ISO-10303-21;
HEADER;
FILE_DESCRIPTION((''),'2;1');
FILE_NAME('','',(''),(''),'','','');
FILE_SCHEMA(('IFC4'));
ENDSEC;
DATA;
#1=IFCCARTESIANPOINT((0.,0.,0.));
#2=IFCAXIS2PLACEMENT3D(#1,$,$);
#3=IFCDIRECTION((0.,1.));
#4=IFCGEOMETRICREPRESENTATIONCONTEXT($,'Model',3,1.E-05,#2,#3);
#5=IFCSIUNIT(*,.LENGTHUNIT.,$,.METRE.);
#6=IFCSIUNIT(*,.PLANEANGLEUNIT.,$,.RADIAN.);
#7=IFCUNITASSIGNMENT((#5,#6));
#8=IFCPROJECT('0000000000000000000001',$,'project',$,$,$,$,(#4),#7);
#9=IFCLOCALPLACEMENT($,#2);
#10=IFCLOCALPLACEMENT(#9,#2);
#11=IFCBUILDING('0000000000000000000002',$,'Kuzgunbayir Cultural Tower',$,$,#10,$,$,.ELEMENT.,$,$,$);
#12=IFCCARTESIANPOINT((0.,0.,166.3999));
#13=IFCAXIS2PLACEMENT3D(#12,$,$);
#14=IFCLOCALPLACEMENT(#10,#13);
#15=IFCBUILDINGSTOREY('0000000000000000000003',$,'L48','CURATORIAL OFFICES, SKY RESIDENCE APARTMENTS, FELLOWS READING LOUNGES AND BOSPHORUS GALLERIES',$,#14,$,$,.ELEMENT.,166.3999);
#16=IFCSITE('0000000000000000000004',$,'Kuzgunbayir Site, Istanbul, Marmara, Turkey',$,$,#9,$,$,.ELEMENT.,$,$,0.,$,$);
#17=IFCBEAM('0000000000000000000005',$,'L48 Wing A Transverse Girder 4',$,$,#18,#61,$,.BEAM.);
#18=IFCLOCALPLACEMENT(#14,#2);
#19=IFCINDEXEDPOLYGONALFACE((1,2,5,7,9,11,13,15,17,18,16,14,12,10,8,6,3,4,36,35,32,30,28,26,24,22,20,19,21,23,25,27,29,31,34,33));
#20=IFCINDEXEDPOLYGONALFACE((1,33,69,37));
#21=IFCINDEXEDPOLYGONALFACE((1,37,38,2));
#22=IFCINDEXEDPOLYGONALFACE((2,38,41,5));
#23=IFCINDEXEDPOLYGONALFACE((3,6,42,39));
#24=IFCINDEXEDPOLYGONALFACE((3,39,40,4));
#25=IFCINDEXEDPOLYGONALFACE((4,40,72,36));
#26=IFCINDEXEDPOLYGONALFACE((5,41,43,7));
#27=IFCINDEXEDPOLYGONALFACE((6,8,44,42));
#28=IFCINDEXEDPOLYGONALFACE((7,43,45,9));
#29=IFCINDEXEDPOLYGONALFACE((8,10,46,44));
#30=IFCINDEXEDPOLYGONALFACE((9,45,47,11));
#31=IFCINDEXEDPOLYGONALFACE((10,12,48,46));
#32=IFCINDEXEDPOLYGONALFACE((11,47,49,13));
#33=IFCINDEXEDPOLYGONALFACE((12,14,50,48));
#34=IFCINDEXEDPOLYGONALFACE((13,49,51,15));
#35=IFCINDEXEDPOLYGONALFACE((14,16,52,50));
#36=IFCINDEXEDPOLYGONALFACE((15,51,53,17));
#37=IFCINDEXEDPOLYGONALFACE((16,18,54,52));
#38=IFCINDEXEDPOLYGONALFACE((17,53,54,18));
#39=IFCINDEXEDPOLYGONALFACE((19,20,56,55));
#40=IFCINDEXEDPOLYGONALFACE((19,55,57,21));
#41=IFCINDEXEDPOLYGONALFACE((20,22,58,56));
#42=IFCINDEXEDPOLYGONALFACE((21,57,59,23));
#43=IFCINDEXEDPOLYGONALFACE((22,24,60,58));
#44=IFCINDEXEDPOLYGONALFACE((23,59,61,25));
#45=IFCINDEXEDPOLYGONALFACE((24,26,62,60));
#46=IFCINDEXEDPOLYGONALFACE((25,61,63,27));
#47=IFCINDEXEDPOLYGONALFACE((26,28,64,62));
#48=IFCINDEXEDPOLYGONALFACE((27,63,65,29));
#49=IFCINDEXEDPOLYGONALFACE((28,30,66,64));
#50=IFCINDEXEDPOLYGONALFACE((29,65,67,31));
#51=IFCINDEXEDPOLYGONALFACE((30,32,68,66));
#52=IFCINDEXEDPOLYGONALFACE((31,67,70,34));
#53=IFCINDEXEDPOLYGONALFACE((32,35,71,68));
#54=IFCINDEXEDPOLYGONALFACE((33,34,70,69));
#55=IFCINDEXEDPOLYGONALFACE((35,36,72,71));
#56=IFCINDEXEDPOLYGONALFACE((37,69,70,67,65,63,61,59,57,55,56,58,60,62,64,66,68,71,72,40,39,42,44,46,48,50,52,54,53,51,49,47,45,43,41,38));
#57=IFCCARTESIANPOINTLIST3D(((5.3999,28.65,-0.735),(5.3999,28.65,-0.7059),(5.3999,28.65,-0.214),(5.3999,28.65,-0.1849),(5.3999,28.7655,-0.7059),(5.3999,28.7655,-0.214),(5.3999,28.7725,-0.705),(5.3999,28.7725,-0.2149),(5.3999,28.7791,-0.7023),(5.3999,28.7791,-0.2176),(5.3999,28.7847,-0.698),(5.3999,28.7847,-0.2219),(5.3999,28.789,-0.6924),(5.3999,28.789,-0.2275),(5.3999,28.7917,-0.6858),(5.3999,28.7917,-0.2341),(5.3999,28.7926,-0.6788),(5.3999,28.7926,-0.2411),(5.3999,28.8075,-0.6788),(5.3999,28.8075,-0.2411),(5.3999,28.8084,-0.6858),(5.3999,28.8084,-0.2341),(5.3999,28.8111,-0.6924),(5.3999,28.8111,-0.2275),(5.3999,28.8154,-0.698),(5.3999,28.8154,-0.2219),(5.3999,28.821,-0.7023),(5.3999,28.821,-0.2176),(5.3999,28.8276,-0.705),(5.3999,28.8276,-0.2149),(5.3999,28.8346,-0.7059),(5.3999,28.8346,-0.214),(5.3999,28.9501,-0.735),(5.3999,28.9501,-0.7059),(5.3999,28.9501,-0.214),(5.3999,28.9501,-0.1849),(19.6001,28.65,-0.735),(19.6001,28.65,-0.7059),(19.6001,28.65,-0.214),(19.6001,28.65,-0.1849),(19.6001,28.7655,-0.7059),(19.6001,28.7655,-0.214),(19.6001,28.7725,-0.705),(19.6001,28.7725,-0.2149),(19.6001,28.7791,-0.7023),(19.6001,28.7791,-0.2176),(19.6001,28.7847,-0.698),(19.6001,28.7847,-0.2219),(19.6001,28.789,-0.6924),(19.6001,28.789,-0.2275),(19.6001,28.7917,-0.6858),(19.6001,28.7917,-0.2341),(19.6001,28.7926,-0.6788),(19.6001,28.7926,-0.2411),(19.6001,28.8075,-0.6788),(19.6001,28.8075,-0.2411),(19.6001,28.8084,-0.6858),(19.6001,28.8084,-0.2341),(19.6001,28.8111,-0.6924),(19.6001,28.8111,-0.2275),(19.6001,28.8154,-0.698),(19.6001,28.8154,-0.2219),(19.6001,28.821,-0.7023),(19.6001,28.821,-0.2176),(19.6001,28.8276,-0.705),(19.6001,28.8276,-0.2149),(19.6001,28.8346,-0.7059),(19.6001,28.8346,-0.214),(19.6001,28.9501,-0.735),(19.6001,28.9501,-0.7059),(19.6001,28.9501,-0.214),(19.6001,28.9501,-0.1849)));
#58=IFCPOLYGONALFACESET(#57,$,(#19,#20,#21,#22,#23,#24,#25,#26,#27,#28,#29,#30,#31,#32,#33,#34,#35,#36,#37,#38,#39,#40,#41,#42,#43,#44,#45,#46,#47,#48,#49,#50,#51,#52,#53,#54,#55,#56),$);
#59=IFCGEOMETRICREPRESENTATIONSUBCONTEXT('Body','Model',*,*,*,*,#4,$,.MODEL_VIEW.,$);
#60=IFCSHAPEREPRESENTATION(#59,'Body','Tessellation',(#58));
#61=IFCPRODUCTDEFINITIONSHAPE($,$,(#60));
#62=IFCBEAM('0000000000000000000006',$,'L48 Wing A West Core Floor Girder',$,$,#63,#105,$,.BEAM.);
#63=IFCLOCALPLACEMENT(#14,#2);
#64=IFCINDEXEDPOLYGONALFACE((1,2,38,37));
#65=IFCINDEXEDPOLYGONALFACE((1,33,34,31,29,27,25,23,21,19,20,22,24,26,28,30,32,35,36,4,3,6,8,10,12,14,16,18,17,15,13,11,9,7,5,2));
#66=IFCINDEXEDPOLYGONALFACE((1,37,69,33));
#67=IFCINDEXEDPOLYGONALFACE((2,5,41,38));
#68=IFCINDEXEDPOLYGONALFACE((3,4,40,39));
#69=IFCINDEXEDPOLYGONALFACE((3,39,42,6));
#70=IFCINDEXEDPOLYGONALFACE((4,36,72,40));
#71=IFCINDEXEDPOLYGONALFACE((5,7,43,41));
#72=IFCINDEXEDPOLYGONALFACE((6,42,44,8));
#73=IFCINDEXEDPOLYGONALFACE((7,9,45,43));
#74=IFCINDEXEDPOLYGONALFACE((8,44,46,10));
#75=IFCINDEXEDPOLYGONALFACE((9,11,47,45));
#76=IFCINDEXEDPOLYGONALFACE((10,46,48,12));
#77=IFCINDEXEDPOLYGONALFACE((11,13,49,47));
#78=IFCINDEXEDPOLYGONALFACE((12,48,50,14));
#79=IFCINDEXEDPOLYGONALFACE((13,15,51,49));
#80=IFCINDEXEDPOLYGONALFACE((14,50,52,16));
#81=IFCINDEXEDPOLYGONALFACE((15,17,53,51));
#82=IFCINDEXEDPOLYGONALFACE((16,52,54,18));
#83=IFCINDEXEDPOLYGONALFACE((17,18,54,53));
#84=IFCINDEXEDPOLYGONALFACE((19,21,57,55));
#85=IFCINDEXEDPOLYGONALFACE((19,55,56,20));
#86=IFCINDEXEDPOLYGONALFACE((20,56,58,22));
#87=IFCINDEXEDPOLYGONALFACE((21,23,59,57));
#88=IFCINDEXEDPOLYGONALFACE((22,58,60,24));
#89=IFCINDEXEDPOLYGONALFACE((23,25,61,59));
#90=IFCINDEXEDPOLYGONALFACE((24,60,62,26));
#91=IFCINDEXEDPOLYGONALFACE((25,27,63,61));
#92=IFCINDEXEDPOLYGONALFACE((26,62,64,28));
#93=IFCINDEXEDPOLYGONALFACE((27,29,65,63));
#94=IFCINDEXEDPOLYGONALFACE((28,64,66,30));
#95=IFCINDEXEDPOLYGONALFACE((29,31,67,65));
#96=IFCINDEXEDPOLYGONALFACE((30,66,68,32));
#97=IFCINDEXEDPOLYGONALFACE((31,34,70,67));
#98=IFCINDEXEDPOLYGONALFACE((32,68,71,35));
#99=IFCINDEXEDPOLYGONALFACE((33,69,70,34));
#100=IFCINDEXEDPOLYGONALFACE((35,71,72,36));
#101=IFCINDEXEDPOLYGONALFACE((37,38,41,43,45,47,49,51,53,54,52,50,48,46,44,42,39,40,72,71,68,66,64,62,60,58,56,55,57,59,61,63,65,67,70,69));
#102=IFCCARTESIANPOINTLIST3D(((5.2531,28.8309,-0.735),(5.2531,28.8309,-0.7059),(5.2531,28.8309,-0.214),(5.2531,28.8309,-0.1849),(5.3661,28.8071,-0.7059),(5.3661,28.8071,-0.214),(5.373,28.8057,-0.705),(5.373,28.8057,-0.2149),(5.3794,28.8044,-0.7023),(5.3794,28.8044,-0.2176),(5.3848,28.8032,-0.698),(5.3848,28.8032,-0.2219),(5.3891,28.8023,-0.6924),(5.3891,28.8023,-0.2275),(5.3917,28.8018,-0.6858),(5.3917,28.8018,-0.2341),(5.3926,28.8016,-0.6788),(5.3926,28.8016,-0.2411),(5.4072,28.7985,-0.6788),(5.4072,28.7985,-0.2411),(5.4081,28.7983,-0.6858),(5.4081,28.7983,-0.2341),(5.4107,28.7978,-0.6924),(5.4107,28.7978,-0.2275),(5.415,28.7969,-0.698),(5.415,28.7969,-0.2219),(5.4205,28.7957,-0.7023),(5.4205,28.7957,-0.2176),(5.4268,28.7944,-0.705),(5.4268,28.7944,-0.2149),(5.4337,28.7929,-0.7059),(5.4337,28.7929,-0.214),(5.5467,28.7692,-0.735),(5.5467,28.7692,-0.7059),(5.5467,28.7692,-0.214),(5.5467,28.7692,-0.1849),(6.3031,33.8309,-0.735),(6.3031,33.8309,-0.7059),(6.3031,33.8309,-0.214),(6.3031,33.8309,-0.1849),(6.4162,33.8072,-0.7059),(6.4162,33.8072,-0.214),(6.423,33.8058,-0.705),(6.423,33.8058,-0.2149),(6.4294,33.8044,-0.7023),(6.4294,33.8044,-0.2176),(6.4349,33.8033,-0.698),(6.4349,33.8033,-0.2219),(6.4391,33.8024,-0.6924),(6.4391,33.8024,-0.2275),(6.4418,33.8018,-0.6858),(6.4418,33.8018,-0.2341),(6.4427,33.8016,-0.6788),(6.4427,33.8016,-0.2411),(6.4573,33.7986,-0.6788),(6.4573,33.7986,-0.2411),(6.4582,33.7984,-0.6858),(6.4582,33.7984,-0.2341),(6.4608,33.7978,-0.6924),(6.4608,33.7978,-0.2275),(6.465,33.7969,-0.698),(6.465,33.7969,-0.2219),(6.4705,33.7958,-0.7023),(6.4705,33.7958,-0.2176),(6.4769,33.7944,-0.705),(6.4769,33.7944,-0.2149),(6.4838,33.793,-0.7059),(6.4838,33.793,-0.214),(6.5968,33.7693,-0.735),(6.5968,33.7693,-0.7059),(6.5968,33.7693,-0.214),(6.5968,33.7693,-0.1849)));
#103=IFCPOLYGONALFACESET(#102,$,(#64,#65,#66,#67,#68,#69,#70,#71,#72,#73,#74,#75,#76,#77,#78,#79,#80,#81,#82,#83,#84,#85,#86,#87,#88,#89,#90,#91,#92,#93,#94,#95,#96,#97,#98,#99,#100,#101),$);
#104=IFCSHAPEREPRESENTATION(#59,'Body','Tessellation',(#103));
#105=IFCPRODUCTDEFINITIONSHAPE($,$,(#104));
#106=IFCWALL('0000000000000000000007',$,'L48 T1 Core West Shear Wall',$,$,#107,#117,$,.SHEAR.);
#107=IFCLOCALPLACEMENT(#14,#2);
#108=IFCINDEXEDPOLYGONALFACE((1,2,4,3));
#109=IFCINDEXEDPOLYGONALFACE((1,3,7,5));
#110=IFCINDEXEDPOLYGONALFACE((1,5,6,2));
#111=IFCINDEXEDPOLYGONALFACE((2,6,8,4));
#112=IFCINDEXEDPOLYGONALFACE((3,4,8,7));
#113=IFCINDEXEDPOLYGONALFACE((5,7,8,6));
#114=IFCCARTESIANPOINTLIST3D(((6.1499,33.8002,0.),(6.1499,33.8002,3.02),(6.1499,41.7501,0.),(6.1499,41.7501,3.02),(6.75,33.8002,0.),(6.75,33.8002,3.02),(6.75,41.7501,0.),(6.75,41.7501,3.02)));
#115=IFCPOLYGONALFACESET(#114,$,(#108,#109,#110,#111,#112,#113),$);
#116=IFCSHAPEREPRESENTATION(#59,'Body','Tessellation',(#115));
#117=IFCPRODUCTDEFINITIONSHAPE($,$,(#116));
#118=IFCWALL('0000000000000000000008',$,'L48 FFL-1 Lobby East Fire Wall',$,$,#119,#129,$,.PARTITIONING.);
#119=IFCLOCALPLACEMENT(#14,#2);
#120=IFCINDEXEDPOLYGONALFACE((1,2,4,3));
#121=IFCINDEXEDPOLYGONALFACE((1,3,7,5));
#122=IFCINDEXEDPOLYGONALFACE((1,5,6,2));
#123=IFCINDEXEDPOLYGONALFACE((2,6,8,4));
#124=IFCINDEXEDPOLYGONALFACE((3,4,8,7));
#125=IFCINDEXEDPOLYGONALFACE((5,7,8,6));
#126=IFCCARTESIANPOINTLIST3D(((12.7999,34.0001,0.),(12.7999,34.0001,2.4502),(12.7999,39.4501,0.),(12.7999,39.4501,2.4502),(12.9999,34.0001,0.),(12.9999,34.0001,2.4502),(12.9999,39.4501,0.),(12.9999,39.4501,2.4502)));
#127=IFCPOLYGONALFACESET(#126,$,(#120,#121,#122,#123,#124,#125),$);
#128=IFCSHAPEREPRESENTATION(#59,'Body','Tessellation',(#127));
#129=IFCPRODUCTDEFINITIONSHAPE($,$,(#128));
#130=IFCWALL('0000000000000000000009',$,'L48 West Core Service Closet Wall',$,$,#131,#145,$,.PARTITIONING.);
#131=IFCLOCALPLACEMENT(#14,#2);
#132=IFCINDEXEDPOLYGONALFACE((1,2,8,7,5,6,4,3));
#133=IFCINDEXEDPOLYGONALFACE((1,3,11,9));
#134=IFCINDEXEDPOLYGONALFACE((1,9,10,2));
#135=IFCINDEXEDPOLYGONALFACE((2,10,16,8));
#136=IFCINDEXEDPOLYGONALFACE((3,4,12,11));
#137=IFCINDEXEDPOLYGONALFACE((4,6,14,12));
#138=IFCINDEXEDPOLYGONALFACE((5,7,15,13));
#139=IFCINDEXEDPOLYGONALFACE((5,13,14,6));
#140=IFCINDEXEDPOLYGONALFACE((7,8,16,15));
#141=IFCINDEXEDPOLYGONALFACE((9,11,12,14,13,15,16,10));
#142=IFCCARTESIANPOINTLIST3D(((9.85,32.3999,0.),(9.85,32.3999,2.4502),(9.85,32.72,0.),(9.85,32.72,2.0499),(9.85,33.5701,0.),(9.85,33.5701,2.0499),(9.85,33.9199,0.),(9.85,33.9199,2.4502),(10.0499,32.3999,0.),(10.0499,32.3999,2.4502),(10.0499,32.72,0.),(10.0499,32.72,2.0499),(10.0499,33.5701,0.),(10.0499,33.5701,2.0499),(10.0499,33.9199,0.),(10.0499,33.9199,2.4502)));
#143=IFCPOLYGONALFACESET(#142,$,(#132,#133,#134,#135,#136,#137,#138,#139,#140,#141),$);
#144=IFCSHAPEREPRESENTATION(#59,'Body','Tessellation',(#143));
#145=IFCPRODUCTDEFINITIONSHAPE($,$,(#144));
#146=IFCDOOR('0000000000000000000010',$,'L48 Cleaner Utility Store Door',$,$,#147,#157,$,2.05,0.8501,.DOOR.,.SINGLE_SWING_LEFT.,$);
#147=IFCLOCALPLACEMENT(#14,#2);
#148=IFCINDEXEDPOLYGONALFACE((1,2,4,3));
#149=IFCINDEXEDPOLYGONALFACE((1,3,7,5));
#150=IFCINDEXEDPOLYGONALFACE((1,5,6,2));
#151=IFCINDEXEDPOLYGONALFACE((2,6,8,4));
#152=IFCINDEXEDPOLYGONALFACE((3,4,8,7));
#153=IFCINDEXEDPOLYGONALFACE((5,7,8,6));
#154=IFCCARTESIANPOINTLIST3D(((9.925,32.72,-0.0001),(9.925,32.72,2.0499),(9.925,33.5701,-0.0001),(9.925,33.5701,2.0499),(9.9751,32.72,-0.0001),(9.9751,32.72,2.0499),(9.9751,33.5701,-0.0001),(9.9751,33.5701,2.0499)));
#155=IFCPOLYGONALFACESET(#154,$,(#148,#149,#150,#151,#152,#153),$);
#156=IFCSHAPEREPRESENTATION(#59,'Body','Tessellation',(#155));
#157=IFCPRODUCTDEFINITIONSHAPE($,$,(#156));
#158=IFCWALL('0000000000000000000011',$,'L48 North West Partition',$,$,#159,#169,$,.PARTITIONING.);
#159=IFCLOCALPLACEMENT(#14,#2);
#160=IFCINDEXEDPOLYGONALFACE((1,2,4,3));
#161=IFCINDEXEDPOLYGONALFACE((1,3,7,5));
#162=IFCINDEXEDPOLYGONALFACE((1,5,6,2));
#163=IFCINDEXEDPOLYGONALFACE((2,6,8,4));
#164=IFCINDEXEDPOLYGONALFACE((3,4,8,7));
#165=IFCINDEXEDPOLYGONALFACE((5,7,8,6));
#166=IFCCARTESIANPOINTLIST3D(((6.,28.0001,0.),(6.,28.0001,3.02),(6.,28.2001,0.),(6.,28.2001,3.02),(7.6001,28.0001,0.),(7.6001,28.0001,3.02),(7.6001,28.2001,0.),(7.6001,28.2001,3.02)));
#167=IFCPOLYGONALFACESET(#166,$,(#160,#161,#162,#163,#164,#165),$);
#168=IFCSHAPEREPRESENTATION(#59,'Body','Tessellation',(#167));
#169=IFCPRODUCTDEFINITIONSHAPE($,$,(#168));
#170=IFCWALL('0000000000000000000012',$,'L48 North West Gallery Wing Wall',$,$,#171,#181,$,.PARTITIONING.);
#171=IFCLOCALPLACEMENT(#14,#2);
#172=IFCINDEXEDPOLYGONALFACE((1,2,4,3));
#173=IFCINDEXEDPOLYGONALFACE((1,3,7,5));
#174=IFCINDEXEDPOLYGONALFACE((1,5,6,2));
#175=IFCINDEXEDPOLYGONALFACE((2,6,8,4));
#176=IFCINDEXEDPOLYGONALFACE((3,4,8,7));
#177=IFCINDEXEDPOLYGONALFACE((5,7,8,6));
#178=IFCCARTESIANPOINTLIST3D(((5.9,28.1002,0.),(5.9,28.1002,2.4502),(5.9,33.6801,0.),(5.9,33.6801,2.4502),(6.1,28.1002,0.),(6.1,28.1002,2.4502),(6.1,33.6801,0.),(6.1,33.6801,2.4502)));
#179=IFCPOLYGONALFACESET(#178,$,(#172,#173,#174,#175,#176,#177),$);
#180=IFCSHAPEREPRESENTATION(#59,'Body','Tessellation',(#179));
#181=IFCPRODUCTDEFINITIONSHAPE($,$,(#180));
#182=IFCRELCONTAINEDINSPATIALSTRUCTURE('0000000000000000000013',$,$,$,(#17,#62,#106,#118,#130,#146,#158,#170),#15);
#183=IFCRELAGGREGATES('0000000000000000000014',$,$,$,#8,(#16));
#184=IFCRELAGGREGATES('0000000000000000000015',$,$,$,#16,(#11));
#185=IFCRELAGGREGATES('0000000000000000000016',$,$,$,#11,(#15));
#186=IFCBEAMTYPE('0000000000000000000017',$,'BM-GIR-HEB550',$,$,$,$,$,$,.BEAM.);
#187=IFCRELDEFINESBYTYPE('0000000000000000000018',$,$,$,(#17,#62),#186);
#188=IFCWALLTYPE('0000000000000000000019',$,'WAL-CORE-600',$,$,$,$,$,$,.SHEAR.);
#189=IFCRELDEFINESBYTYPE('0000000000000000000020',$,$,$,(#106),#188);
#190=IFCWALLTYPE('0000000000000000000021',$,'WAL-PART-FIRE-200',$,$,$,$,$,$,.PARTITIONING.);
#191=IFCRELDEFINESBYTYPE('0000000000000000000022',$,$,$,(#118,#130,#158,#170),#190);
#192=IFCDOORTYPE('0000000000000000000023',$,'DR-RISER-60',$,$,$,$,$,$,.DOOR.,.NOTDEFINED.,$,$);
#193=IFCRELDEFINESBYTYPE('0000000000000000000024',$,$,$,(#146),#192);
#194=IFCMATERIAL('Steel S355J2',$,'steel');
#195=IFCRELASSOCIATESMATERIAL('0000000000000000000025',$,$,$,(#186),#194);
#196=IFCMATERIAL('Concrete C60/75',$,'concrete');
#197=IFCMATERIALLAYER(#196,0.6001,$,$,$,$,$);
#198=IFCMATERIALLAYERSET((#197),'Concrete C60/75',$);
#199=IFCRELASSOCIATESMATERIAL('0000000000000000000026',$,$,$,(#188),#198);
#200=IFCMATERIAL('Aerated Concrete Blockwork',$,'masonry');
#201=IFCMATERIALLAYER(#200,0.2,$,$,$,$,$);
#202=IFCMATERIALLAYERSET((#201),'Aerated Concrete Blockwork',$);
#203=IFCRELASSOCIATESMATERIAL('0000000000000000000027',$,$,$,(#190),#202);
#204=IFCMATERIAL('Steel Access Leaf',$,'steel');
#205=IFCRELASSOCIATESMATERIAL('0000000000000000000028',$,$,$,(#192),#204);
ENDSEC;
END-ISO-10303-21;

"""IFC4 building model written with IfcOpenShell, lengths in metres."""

from ifc_helpers import new_model, si_unit, direction, frame, frame_2d, origin, origin_2d, place, context, subcontext, project, spatial, rectangle, i_section, extrude, material, layer, layer_set, material_profile, profile_set, type_object, element, fill, save


model = new_model("IFC4")

# Units and contexts
model_context = context("Model", 3, precision=1e-05, world=origin(), true_north=direction((0.0, 1.0)))
body_context = subcontext(model_context, "Body", "Model", "MODEL_VIEW")
ifc_project = project(units=[si_unit("LENGTHUNIT", "METRE"), si_unit("PLANEANGLEUNIT", "RADIAN")], contexts=[model_context])

# Site, building, storey
site_placement = place(None, origin())
site = spatial("IfcSite", under=ifc_project, at=site_placement, Name="Kuzgunbayir Site, Istanbul, Marmara, Turkey", CompositionType="ELEMENT", RefElevation=0.0)
building_placement = place(site_placement, origin())
building = spatial("IfcBuilding", under=site, at=building_placement, Name="Kuzgunbayir Cultural Tower", CompositionType="ELEMENT")
storey_placement = place(building_placement, frame((0.0, 0.0, 166.3999)))
storey = spatial("IfcBuildingStorey", under=building, at=storey_placement, Name="L48", Description="CURATORIAL OFFICES, SKY RESIDENCE APARTMENTS, FELLOWS READING LOUNGES AND BOSPHORUS GALLERIES", CompositionType="ELEMENT", Elevation=166.3999)

# Beams
ifc_material_1 = material(Name="Steel S355J2", Category="steel")
ifc_material_profile_1 = material_profile(ifc_material_1, i_section(OverallWidth=0.3, OverallDepth=0.55, WebThickness=0.0149, FlangeThickness=0.0291, FilletRadius=0.0271, at=origin_2d()), Name="HEB 550")
ifc_profile_set_1 = profile_set([ifc_material_profile_1], Name="Steel S355J2")
beam_type_1 = type_object("IfcBeamType", Name="BM-GIR-HEB550", PredefinedType="BEAM", material=ifc_profile_set_1)
beam_1_placement = place(storey_placement, frame((5.3999, 28.8, -0.46), z_axis=(1.0, 0.0, 0.0), x_axis=(0.0, 1.0, 0.0)))
element("IfcBeam", 1, at=beam_1_placement, inside=storey, type_object=beam_type_1, Name="L48 Wing A Transverse Girder 4", PredefinedType="BEAM", context=body_context, shape_type="SweptSolid", body=[
    extrude(i_section(OverallWidth=0.3, OverallDepth=0.55, WebThickness=0.0149, FlangeThickness=0.0291, FilletRadius=0.0271, at=origin_2d()), origin(), (0.0, 0.0, 1.0), 14.2002),
])
beam_2_placement = place(storey_placement, frame((5.3999, 28.8, -0.46), z_axis=(0.205526, 0.978652, 0.0), x_axis=(-0.978652, 0.205526, 0.0)))
element("IfcBeam", 2, at=beam_2_placement, inside=storey, type_object=beam_type_1, Name="L48 Wing A West Core Floor Girder", PredefinedType="BEAM", context=body_context, shape_type="SweptSolid", body=[
    extrude(i_section(OverallWidth=0.3, OverallDepth=0.55, WebThickness=0.0149, FlangeThickness=0.0291, FilletRadius=0.0271, at=origin_2d()), origin(), (0.0, 0.0, 1.0), 5.1091),
])

# Walls
ifc_material_2 = material(Name="Concrete C60/75", Category="concrete")
ifc_layer_1 = layer(ifc_material_2, 0.6001)
ifc_layer_set_1 = layer_set([ifc_layer_1], Name="Concrete C60/75")
wall_type_1 = type_object("IfcWallType", Name="WAL-CORE-600", PredefinedType="SHEAR", material=ifc_layer_set_1)
wall_1_placement = place(storey_placement, frame((6.45, 33.8, 0.0), z_axis=(0.0, 0.0, 1.0), x_axis=(0.0, 1.0, 0.0)))
element("IfcWall", 3, at=wall_1_placement, inside=storey, type_object=wall_type_1, Name="L48 T1 Core West Shear Wall", PredefinedType="SHEAR", context=body_context, shape_type="SweptSolid", body=[
    extrude(rectangle(XDim=7.95, YDim=0.6001, at=frame_2d((3.9751, 0.0))), origin(), (0.0, 0.0, 1.0), 3.02),
])
ifc_material_3 = material(Name="Aerated Concrete Blockwork", Category="masonry")
ifc_layer_2 = layer(ifc_material_3, 0.2)
ifc_layer_set_2 = layer_set([ifc_layer_2], Name="Aerated Concrete Blockwork")
wall_type_2 = type_object("IfcWallType", Name="WAL-PART-FIRE-200", PredefinedType="PARTITIONING", material=ifc_layer_set_2)
wall_2_placement = place(storey_placement, frame((12.8999, 34.0, 0.0), z_axis=(0.0, 0.0, 1.0), x_axis=(0.0, 1.0, 0.0)))
element("IfcWall", 4, at=wall_2_placement, inside=storey, type_object=wall_type_2, Name="L48 FFL-1 Lobby East Fire Wall", PredefinedType="PARTITIONING", context=body_context, shape_type="SweptSolid", body=[
    extrude(rectangle(XDim=5.45, YDim=0.2, at=frame_2d((2.7251, 0.0))), origin(), (0.0, 0.0, 1.0), 2.4502),
])

# Wall, opening, door
wall_3_placement = place(storey_placement, frame((9.95, 32.3999, 0.0), z_axis=(0.0, 0.0, 1.0), x_axis=(0.0, 1.0, 0.0)))
wall_3 = element("IfcWall", 5, at=wall_3_placement, inside=storey, type_object=wall_type_2, Name="L48 West Core Service Closet Wall", PredefinedType="PARTITIONING", context=body_context, shape_type="SweptSolid", body=[
    extrude(rectangle(XDim=1.52, YDim=0.2, at=frame_2d((0.76, 0.0))), origin(), (0.0, 0.0, 1.0), 2.4502),
])
opening_1_placement = place(wall_3_placement, frame((0.3201, 0.0, 0.0)))
opening_1 = element("IfcOpeningElement", 6, at=opening_1_placement, cuts=wall_3, PredefinedType="OPENING", context=body_context, shape_type="SweptSolid", body=[
    extrude(rectangle(XDim=0.8501, YDim=2.05, at=frame_2d((0.425, 1.0249))), frame((0.0, 0.1099, 0.0), z_axis=(0.0, -1.0, 0.0), x_axis=(1.0, 0.0, 0.0)), (0.0, 0.0, 1.0), 0.22),
])
ifc_material_4 = material(Name="Steel Access Leaf", Category="steel")
door_type_1 = type_object("IfcDoorType", Name="DR-RISER-60", OperationType="NOTDEFINED", PredefinedType="DOOR", material=ifc_material_4)
door_1_placement = place(opening_1_placement, origin())
door_1 = element("IfcDoor", 7, at=door_1_placement, inside=storey, type_object=door_type_1, Name="L48 Cleaner Utility Store Door", OperationType="SINGLE_SWING_LEFT", OverallHeight=2.05, OverallWidth=0.8501, PredefinedType="DOOR", context=body_context, shape_type="SweptSolid", body=[
    extrude(rectangle(XDim=0.8501, YDim=2.05, at=frame_2d((0.425, 1.0249))), frame((0.0, 0.0249, 0.0), z_axis=(0.0, -1.0, 0.0), x_axis=(1.0, 0.0, 0.0)), (0.0, 0.0, 1.0), 0.05),
])
fill(opening_1, door_1)

# Walls
wall_4_placement = place(storey_placement, frame((6.0, 28.1001, 0.0), z_axis=(0.0, 0.0, 1.0), x_axis=(1.0, 0.0, 0.0)))
element("IfcWall", 8, at=wall_4_placement, inside=storey, type_object=wall_type_2, Name="L48 North West Partition", PredefinedType="PARTITIONING", context=body_context, shape_type="SweptSolid", body=[
    extrude(rectangle(XDim=1.6001, YDim=0.2, at=frame_2d((0.8, 0.0))), origin(), (0.0, 0.0, 1.0), 3.02),
])
wall_5_placement = place(storey_placement, frame((6.0, 28.1001, 0.0), z_axis=(0.0, 0.0, 1.0), x_axis=(0.0, 1.0, 0.0)))
element("IfcWall", 9, at=wall_5_placement, inside=storey, type_object=wall_type_2, Name="L48 North West Gallery Wing Wall", PredefinedType="PARTITIONING", context=body_context, shape_type="SweptSolid", body=[
    extrude(rectangle(XDim=5.5798, YDim=0.2, at=frame_2d((2.79, 0.0))), origin(), (0.0, 0.0, 1.0), 2.4502),
])

save(model, "model.ifc")
